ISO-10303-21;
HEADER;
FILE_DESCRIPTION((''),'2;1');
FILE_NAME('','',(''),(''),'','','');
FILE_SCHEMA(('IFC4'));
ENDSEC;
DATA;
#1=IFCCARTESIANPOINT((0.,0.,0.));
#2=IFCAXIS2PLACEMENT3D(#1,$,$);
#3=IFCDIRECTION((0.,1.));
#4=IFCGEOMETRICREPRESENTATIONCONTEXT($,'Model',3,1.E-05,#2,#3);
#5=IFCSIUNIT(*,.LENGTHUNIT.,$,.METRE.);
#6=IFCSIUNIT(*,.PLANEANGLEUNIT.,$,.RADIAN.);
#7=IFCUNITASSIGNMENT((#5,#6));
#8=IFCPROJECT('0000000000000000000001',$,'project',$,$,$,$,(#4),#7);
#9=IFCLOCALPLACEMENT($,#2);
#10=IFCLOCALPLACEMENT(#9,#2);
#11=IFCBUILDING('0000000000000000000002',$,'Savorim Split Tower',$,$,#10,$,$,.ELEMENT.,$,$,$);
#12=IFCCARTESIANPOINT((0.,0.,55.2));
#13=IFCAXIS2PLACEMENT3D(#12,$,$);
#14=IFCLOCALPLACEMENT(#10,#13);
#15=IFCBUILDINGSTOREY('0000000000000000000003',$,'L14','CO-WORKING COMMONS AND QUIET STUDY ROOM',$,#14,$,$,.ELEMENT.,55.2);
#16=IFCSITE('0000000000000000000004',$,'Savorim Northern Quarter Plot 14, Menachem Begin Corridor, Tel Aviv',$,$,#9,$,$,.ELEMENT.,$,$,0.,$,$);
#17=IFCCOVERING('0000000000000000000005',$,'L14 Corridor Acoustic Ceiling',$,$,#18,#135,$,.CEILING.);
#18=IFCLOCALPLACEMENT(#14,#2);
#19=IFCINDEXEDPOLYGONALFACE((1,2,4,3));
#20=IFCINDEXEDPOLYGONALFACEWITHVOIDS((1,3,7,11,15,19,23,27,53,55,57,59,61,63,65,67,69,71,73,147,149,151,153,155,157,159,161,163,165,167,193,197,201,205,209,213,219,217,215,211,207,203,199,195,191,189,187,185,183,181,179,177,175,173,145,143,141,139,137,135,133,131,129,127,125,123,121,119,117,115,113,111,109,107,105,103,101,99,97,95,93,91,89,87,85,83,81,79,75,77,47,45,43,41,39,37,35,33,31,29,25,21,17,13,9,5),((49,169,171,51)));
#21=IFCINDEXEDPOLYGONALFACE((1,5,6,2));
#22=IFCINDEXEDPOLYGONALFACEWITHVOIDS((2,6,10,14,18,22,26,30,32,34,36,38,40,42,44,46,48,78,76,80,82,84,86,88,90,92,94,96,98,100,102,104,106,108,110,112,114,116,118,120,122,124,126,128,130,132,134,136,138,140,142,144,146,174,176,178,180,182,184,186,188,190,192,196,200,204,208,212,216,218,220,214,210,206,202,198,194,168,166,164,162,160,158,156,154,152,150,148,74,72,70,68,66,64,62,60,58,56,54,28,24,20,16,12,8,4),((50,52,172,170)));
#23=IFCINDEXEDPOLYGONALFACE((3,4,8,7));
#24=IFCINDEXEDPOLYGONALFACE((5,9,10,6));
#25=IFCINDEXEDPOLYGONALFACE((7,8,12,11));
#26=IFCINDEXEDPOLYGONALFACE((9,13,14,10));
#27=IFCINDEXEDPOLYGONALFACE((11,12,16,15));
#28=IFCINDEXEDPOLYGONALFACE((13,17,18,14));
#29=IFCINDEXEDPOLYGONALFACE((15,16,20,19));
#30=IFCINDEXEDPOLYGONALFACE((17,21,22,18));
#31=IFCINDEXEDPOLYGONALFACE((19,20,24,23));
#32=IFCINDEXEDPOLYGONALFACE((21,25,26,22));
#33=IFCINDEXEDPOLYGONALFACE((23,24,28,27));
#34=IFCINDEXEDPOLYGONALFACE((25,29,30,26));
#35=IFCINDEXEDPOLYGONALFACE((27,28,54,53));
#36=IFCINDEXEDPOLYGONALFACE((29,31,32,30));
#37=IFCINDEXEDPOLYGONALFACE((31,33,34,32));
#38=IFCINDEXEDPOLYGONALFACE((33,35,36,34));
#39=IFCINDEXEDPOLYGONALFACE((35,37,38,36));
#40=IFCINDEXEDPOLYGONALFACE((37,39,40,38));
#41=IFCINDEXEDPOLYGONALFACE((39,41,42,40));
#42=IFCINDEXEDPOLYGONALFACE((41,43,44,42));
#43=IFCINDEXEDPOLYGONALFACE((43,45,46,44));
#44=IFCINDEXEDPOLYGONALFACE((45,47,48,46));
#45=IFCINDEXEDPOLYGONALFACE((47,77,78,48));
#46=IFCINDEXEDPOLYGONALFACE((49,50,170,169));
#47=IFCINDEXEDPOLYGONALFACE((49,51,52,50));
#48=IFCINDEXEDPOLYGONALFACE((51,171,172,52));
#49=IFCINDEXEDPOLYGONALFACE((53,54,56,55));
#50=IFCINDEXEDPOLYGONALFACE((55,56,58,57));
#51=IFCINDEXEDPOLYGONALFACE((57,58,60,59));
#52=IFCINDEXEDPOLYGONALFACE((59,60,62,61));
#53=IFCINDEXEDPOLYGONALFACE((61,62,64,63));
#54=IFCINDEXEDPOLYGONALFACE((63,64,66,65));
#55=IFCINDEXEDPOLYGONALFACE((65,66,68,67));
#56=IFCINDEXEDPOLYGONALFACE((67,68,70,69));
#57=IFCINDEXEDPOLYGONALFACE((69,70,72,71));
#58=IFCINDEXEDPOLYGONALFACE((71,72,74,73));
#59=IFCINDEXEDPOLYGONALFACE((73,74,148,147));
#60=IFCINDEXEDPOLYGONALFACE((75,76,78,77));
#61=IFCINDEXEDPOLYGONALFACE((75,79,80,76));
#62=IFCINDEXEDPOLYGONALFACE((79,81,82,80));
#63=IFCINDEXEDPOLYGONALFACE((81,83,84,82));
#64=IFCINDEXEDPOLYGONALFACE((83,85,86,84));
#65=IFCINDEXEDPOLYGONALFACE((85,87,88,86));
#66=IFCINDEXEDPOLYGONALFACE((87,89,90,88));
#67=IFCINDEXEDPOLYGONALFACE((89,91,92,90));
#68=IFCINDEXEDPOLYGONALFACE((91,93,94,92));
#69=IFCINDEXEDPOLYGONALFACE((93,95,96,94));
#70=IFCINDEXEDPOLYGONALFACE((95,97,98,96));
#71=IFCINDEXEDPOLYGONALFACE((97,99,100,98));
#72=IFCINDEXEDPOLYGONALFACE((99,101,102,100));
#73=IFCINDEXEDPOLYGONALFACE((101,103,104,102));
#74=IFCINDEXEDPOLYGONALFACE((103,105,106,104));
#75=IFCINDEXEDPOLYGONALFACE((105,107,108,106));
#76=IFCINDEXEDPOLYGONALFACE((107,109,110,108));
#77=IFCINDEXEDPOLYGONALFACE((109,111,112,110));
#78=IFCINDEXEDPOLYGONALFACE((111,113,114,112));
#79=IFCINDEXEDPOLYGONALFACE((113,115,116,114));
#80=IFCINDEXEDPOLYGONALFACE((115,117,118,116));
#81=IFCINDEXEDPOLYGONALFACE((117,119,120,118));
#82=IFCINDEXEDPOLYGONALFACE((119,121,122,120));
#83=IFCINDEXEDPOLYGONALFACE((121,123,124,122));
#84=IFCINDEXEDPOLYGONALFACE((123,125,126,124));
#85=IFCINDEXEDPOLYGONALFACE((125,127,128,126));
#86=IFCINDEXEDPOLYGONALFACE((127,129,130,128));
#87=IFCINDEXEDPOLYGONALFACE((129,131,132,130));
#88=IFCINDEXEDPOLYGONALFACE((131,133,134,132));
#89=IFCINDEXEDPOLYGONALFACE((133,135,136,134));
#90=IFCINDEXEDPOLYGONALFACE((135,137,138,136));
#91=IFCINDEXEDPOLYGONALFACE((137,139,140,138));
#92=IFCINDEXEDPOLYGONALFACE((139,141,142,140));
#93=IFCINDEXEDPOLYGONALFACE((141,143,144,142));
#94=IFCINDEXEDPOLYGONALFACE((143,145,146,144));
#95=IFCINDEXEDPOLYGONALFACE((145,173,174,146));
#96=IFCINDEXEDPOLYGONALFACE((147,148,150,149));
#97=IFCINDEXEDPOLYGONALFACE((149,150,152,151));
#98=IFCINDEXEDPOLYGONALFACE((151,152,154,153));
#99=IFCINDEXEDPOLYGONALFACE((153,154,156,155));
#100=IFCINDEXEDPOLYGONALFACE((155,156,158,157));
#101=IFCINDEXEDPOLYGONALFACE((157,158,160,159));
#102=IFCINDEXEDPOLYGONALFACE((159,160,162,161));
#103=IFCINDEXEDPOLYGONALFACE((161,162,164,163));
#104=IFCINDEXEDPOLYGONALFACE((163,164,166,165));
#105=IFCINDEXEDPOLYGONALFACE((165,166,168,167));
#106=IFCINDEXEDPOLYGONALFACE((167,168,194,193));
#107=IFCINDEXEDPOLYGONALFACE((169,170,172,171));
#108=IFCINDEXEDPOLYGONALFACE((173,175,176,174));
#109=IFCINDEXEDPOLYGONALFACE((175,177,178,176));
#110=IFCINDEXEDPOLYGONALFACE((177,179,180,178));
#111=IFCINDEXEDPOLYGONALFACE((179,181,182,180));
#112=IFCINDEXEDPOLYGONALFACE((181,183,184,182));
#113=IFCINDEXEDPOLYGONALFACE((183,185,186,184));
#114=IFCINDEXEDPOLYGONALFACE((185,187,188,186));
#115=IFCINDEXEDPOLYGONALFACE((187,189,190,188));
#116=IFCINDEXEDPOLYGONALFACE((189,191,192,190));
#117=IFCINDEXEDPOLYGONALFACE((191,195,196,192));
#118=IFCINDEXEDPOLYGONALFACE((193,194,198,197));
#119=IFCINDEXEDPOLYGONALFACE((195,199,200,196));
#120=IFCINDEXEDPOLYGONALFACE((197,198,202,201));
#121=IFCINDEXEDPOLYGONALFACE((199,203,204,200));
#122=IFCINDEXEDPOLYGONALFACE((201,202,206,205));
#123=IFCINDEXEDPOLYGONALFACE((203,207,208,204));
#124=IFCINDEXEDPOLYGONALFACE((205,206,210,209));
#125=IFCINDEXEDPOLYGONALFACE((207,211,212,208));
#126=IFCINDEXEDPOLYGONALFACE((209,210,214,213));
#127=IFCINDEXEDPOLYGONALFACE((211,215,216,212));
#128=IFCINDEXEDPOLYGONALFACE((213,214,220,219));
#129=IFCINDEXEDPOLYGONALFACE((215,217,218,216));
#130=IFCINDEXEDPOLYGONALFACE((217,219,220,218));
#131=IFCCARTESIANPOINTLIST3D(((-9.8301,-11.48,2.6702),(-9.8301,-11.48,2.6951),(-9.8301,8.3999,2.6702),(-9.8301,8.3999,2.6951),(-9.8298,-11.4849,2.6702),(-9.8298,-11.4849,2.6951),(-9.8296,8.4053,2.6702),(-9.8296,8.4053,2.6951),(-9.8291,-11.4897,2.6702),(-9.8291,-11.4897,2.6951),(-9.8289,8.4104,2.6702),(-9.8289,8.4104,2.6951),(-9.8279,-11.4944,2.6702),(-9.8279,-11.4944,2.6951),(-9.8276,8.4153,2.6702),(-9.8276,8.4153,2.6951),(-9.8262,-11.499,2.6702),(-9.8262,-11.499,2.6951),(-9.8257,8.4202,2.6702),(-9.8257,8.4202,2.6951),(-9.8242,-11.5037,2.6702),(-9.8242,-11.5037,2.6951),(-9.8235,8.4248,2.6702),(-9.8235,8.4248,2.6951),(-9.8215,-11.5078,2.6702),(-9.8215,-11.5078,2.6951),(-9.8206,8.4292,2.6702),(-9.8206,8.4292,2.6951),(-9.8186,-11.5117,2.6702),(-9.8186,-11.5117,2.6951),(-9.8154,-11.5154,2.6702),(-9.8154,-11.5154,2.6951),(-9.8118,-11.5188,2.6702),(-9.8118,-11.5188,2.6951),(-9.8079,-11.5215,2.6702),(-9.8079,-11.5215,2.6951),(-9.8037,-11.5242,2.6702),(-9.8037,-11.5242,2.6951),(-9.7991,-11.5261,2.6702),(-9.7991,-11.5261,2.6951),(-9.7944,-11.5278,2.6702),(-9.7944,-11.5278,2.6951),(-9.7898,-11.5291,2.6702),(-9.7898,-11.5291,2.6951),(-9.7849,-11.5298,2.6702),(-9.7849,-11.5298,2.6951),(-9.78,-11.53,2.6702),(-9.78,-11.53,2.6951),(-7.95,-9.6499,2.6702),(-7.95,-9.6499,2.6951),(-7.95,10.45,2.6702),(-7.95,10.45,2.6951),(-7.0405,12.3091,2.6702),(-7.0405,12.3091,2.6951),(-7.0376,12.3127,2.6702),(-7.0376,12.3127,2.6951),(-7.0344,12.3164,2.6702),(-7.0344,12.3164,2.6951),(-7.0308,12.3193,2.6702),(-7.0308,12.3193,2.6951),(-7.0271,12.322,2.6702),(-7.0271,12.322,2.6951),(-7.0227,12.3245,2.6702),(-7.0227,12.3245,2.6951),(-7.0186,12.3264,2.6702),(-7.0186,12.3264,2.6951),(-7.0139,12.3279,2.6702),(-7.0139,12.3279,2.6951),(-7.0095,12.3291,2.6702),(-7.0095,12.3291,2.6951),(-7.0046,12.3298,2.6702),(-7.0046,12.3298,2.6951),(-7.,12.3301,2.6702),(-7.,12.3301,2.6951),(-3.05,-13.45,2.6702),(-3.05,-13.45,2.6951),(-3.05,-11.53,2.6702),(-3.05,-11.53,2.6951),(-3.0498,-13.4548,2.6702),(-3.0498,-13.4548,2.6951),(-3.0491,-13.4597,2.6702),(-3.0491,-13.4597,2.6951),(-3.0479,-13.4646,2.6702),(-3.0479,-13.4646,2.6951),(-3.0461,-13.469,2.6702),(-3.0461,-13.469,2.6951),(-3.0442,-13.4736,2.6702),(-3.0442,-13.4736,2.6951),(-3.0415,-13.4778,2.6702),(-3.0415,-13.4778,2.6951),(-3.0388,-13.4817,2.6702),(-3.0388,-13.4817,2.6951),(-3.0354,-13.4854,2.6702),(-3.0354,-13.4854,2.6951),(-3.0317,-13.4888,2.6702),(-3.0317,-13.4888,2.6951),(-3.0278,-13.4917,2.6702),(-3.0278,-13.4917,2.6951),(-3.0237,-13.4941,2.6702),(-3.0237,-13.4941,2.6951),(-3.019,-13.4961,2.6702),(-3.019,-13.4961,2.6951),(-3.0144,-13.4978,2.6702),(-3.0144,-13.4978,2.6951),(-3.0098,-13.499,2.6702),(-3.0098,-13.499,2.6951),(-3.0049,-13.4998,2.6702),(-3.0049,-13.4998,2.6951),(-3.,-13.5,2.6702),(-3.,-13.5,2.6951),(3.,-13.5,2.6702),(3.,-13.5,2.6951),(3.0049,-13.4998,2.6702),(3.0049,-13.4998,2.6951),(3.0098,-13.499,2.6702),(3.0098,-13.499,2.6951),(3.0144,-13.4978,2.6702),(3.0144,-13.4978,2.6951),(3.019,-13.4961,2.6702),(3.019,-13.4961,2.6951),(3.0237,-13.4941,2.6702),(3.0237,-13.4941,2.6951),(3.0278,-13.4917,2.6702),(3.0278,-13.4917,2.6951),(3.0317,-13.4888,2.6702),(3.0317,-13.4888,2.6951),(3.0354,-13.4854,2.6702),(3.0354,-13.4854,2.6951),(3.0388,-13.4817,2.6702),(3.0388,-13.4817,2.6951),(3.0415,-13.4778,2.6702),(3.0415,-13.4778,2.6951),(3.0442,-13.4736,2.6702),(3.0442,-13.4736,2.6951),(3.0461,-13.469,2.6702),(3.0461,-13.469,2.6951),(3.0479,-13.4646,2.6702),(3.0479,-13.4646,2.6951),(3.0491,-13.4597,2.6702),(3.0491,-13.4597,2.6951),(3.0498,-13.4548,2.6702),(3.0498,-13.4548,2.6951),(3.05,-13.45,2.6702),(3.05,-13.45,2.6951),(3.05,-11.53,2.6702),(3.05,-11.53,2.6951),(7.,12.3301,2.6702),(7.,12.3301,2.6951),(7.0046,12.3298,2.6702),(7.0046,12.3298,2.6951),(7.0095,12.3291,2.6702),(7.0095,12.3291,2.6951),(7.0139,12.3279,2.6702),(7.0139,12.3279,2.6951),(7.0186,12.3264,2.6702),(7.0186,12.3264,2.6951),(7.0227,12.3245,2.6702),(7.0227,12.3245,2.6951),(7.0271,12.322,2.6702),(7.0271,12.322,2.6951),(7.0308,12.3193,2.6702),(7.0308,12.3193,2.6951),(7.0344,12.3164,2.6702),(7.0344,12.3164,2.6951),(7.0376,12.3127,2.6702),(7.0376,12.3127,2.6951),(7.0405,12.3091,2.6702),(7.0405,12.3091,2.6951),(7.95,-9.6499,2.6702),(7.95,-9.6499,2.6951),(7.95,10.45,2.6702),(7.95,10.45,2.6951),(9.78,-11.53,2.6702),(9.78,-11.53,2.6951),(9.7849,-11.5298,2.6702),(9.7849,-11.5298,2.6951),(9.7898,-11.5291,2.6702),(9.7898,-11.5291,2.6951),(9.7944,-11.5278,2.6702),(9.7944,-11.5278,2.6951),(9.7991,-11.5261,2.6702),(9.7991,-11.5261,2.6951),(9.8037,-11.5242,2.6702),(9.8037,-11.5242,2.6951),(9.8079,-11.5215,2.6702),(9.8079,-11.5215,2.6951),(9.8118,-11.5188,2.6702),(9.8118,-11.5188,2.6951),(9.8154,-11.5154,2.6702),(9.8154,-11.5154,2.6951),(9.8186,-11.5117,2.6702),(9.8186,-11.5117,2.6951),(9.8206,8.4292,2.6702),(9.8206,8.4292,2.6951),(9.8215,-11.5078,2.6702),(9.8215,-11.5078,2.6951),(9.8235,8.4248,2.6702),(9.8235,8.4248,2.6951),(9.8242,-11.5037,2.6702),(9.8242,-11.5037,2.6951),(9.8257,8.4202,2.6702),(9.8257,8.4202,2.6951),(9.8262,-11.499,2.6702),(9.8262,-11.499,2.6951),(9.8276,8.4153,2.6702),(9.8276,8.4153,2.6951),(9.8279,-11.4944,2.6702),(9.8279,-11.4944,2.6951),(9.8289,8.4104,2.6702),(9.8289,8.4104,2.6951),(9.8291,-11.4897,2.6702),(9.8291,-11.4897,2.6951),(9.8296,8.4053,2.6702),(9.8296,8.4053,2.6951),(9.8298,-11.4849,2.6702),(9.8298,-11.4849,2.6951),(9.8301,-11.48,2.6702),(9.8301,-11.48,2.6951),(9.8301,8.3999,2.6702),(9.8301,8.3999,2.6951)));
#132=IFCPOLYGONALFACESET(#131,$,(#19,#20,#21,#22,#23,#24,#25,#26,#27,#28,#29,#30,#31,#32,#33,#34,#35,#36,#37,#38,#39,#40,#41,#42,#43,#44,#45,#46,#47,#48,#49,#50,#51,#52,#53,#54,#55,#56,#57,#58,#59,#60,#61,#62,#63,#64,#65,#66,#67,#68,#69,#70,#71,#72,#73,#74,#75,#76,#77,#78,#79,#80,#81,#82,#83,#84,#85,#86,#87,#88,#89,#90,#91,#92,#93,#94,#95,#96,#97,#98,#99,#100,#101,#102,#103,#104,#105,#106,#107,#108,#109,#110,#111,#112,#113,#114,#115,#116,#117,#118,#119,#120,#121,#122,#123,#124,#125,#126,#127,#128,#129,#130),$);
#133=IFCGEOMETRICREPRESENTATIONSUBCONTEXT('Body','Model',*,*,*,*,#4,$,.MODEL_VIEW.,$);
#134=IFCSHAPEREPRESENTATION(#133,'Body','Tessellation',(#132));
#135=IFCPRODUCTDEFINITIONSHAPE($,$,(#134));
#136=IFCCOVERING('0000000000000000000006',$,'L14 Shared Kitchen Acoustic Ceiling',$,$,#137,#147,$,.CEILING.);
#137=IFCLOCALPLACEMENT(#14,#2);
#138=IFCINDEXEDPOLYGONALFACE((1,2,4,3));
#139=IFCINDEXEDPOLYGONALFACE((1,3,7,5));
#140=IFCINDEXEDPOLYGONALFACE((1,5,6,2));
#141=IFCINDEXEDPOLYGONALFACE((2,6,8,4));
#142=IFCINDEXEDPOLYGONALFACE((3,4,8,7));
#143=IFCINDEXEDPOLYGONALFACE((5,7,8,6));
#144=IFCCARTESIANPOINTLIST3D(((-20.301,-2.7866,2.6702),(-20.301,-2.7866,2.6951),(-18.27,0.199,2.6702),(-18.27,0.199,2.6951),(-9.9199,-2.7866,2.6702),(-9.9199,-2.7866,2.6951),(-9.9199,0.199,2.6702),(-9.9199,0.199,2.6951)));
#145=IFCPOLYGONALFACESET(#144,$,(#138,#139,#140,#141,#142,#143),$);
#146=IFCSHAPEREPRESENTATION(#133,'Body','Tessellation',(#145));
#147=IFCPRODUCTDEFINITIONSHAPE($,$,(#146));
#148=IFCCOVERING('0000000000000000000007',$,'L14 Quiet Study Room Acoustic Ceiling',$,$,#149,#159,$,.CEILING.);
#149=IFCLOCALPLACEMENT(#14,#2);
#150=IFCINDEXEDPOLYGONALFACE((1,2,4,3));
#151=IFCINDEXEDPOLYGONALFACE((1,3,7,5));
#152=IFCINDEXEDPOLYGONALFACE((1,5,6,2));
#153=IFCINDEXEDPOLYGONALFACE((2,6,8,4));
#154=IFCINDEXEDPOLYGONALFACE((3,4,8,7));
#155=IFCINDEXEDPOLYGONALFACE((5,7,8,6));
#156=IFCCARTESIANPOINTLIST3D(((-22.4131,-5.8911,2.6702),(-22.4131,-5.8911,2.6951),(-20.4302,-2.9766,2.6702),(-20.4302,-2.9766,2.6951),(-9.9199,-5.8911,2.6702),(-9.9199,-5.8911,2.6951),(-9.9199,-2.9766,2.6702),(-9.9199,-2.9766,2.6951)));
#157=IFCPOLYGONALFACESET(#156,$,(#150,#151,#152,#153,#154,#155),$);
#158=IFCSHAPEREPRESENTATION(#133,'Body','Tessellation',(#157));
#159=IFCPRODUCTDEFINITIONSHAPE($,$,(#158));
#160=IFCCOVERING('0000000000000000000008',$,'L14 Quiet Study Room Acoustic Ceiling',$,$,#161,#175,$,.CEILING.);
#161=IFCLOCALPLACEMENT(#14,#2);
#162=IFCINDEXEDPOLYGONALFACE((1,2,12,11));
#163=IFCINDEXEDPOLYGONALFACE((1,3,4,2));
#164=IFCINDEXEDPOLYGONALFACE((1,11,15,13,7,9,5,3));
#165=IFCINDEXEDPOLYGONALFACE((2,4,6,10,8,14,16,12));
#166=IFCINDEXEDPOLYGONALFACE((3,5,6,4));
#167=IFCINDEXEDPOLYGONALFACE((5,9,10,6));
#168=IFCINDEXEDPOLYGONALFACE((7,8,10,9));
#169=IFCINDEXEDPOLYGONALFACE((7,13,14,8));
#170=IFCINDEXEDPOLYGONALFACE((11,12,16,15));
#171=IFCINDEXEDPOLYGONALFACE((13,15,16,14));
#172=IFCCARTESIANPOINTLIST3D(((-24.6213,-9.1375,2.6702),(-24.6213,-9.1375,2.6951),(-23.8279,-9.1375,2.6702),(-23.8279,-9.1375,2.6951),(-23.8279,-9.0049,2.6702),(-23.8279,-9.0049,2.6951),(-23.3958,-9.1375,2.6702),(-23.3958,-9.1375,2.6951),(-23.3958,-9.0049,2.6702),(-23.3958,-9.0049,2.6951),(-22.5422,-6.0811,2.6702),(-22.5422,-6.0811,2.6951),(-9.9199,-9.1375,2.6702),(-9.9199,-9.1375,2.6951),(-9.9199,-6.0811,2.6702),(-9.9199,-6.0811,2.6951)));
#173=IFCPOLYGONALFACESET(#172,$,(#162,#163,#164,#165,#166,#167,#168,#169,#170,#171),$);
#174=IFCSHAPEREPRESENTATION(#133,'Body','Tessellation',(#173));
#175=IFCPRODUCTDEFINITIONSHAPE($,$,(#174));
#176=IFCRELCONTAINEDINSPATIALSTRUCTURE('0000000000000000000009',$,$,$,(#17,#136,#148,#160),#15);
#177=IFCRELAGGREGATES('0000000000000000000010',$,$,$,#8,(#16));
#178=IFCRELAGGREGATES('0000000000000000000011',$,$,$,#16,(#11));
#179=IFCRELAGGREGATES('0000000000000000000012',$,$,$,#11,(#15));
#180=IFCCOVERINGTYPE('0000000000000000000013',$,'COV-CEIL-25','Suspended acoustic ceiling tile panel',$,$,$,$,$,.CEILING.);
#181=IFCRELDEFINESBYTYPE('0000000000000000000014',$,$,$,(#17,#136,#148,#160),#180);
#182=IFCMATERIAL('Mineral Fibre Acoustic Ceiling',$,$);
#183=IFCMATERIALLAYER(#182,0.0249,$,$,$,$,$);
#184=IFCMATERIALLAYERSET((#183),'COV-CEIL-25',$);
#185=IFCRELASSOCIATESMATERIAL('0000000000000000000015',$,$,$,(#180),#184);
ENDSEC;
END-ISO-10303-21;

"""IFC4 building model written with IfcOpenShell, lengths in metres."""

from ifc_helpers import new_model, si_unit, direction, frame, origin, place, context, subcontext, project, spatial, polyline, outline, extrude, material, layer, layer_set, type_object, element, save


model = new_model("IFC4")

# Units and contexts
model_context = context("Model", 3, precision=1e-05, world=origin(), true_north=direction((0.0, 1.0)))
body_context = subcontext(model_context, "Body", "Model", "MODEL_VIEW")
ifc_project = project(units=[si_unit("LENGTHUNIT", "METRE"), si_unit("PLANEANGLEUNIT", "RADIAN")], contexts=[model_context])

# Site, building, storey
site_placement = place(None, origin())
site = spatial("IfcSite", under=ifc_project, at=site_placement, Name="Savorim Northern Quarter Plot 14, Menachem Begin Corridor, Tel Aviv", CompositionType="ELEMENT", RefElevation=0.0)
building_placement = place(site_placement, origin())
building = spatial("IfcBuilding", under=site, at=building_placement, Name="Savorim Split Tower", CompositionType="ELEMENT")
storey_placement = place(building_placement, frame((0.0, 0.0, 55.2)))
storey = spatial("IfcBuildingStorey", under=building, at=storey_placement, Name="L14", Description="CO-WORKING COMMONS AND QUIET STUDY ROOM", CompositionType="ELEMENT", Elevation=55.2)

# Coverings
ifc_material_1 = material(Name="Mineral Fibre Acoustic Ceiling")
ifc_layer_1 = layer(ifc_material_1, 0.0249)
ifc_layer_set_1 = layer_set([ifc_layer_1], Name="COV-CEIL-25")
covering_type_1 = type_object("IfcCoveringType", Name="COV-CEIL-25", Description="Suspended acoustic ceiling tile panel", PredefinedType="CEILING", material=ifc_layer_set_1)
covering_1_placement = place(storey_placement, frame((0.0, 0.0, 2.6702)))
element("IfcCovering", 1, at=covering_1_placement, inside=storey, type_object=covering_type_1, Name="L14 Corridor Acoustic Ceiling", PredefinedType="CEILING", context=body_context, shape_type="SweptSolid", body=[
    extrude(outline(polyline([(7.0095, 12.3291), (7.0046, 12.3298), (7.0, 12.3301), (-7.0, 12.3301), (-7.0046, 12.3298), (-7.0095, 12.3291), (-7.0139, 12.3279), (-7.0186, 12.3264), (-7.0227, 12.3245), (-7.0271, 12.322), (-7.0308, 12.3193), (-7.0344, 12.3164), (-7.0376, 12.3127), (-7.0405, 12.3091), (-9.8206, 8.4292), (-9.8235, 8.4248), (-9.8257, 8.4202), (-9.8276, 8.4153), (-9.8289, 8.4104), (-9.8296, 8.4053), (-9.8301, 8.3999), (-9.8301, -11.48), (-9.8298, -11.4849), (-9.8291, -11.4897), (-9.8279, -11.4944), (-9.8262, -11.499), (-9.8242, -11.5037), (-9.8215, -11.5078), (-9.8186, -11.5117), (-9.8154, -11.5154), (-9.8118, -11.5188), (-9.8079, -11.5215), (-9.8037, -11.5242), (-9.7991, -11.5261), (-9.7944, -11.5278), (-9.7898, -11.5291), (-9.7849, -11.5298), (-9.78, -11.53), (-3.05, -11.53), (-3.05, -13.45), (-3.0498, -13.4548), (-3.0491, -13.4597), (-3.0479, -13.4646), (-3.0461, -13.469), (-3.0442, -13.4736), (-3.0415, -13.4778), (-3.0388, -13.4817), (-3.0354, -13.4854), (-3.0317, -13.4888), (-3.0278, -13.4917), (-3.0237, -13.4941), (-3.019, -13.4961), (-3.0144, -13.4978), (-3.0098, -13.499), (-3.0049, -13.4998), (-3.0, -13.5), (3.0, -13.5), (3.0049, -13.4998), (3.0098, -13.499), (3.0144, -13.4978), (3.019, -13.4961), (3.0237, -13.4941), (3.0278, -13.4917), (3.0317, -13.4888), (3.0354, -13.4854), (3.0388, -13.4817), (3.0415, -13.4778), (3.0442, -13.4736), (3.0461, -13.469), (3.0479, -13.4646), (3.0491, -13.4597), (3.0498, -13.4548), (3.05, -13.45), (3.05, -11.53), (9.78, -11.53), (9.7849, -11.5298), (9.7898, -11.5291), (9.7944, -11.5278), (9.7991, -11.5261), (9.8037, -11.5242), (9.8079, -11.5215), (9.8118, -11.5188), (9.8154, -11.5154), (9.8186, -11.5117), (9.8215, -11.5078), (9.8242, -11.5037), (9.8262, -11.499), (9.8279, -11.4944), (9.8291, -11.4897), (9.8298, -11.4849), (9.8301, -11.48), (9.8301, 8.3999), (9.8296, 8.4053), (9.8289, 8.4104), (9.8276, 8.4153), (9.8257, 8.4202), (9.8235, 8.4248), (9.8206, 8.4292), (7.0405, 12.3091), (7.0376, 12.3127), (7.0344, 12.3164), (7.0308, 12.3193), (7.0271, 12.322), (7.0227, 12.3245), (7.0186, 12.3264), (7.0139, 12.3279), (7.0095, 12.3291)]), holes=[polyline([(-7.95, 10.45), (-7.95, -9.6499), (7.95, -9.6499), (7.95, 10.45), (-7.95, 10.45)])]), origin(), (0.0, 0.0, 1.0), 0.0249),
])
covering_2_placement = place(storey_placement, frame((0.0, 0.0, 2.6702)))
element("IfcCovering", 2, at=covering_2_placement, inside=storey, type_object=covering_type_1, Name="L14 Shared Kitchen Acoustic Ceiling", PredefinedType="CEILING", context=body_context, shape_type="SweptSolid", body=[
    extrude(outline(polyline([(-18.27, 0.199), (-20.301, -2.7866), (-9.9199, -2.7866), (-9.9199, 0.199), (-18.27, 0.199)])), origin(), (0.0, 0.0, 1.0), 0.0249),
])
covering_3_placement = place(storey_placement, frame((0.0, 0.0, 2.6702)))
element("IfcCovering", 3, at=covering_3_placement, inside=storey, type_object=covering_type_1, Name="L14 Quiet Study Room Acoustic Ceiling", PredefinedType="CEILING", context=body_context, shape_type="SweptSolid", body=[
    extrude(outline(polyline([(-20.4302, -2.9766), (-22.4131, -5.8911), (-9.9199, -5.8911), (-9.9199, -2.9766), (-20.4302, -2.9766)])), origin(), (0.0, 0.0, 1.0), 0.0249),
])
covering_4_placement = place(storey_placement, frame((0.0, 0.0, 2.6702)))
element("IfcCovering", 4, at=covering_4_placement, inside=storey, type_object=covering_type_1, Name="L14 Quiet Study Room Acoustic Ceiling", PredefinedType="CEILING", context=body_context, shape_type="SweptSolid", body=[
    extrude(outline(polyline([(-23.3958, -9.0049), (-23.3958, -9.1375), (-9.9199, -9.1375), (-9.9199, -6.0811), (-22.5422, -6.0811), (-24.6213, -9.1375), (-23.8279, -9.1375), (-23.8279, -9.0049), (-23.3958, -9.0049)])), origin(), (0.0, 0.0, 1.0), 0.0249),
])

save(model, "model.ifc")
